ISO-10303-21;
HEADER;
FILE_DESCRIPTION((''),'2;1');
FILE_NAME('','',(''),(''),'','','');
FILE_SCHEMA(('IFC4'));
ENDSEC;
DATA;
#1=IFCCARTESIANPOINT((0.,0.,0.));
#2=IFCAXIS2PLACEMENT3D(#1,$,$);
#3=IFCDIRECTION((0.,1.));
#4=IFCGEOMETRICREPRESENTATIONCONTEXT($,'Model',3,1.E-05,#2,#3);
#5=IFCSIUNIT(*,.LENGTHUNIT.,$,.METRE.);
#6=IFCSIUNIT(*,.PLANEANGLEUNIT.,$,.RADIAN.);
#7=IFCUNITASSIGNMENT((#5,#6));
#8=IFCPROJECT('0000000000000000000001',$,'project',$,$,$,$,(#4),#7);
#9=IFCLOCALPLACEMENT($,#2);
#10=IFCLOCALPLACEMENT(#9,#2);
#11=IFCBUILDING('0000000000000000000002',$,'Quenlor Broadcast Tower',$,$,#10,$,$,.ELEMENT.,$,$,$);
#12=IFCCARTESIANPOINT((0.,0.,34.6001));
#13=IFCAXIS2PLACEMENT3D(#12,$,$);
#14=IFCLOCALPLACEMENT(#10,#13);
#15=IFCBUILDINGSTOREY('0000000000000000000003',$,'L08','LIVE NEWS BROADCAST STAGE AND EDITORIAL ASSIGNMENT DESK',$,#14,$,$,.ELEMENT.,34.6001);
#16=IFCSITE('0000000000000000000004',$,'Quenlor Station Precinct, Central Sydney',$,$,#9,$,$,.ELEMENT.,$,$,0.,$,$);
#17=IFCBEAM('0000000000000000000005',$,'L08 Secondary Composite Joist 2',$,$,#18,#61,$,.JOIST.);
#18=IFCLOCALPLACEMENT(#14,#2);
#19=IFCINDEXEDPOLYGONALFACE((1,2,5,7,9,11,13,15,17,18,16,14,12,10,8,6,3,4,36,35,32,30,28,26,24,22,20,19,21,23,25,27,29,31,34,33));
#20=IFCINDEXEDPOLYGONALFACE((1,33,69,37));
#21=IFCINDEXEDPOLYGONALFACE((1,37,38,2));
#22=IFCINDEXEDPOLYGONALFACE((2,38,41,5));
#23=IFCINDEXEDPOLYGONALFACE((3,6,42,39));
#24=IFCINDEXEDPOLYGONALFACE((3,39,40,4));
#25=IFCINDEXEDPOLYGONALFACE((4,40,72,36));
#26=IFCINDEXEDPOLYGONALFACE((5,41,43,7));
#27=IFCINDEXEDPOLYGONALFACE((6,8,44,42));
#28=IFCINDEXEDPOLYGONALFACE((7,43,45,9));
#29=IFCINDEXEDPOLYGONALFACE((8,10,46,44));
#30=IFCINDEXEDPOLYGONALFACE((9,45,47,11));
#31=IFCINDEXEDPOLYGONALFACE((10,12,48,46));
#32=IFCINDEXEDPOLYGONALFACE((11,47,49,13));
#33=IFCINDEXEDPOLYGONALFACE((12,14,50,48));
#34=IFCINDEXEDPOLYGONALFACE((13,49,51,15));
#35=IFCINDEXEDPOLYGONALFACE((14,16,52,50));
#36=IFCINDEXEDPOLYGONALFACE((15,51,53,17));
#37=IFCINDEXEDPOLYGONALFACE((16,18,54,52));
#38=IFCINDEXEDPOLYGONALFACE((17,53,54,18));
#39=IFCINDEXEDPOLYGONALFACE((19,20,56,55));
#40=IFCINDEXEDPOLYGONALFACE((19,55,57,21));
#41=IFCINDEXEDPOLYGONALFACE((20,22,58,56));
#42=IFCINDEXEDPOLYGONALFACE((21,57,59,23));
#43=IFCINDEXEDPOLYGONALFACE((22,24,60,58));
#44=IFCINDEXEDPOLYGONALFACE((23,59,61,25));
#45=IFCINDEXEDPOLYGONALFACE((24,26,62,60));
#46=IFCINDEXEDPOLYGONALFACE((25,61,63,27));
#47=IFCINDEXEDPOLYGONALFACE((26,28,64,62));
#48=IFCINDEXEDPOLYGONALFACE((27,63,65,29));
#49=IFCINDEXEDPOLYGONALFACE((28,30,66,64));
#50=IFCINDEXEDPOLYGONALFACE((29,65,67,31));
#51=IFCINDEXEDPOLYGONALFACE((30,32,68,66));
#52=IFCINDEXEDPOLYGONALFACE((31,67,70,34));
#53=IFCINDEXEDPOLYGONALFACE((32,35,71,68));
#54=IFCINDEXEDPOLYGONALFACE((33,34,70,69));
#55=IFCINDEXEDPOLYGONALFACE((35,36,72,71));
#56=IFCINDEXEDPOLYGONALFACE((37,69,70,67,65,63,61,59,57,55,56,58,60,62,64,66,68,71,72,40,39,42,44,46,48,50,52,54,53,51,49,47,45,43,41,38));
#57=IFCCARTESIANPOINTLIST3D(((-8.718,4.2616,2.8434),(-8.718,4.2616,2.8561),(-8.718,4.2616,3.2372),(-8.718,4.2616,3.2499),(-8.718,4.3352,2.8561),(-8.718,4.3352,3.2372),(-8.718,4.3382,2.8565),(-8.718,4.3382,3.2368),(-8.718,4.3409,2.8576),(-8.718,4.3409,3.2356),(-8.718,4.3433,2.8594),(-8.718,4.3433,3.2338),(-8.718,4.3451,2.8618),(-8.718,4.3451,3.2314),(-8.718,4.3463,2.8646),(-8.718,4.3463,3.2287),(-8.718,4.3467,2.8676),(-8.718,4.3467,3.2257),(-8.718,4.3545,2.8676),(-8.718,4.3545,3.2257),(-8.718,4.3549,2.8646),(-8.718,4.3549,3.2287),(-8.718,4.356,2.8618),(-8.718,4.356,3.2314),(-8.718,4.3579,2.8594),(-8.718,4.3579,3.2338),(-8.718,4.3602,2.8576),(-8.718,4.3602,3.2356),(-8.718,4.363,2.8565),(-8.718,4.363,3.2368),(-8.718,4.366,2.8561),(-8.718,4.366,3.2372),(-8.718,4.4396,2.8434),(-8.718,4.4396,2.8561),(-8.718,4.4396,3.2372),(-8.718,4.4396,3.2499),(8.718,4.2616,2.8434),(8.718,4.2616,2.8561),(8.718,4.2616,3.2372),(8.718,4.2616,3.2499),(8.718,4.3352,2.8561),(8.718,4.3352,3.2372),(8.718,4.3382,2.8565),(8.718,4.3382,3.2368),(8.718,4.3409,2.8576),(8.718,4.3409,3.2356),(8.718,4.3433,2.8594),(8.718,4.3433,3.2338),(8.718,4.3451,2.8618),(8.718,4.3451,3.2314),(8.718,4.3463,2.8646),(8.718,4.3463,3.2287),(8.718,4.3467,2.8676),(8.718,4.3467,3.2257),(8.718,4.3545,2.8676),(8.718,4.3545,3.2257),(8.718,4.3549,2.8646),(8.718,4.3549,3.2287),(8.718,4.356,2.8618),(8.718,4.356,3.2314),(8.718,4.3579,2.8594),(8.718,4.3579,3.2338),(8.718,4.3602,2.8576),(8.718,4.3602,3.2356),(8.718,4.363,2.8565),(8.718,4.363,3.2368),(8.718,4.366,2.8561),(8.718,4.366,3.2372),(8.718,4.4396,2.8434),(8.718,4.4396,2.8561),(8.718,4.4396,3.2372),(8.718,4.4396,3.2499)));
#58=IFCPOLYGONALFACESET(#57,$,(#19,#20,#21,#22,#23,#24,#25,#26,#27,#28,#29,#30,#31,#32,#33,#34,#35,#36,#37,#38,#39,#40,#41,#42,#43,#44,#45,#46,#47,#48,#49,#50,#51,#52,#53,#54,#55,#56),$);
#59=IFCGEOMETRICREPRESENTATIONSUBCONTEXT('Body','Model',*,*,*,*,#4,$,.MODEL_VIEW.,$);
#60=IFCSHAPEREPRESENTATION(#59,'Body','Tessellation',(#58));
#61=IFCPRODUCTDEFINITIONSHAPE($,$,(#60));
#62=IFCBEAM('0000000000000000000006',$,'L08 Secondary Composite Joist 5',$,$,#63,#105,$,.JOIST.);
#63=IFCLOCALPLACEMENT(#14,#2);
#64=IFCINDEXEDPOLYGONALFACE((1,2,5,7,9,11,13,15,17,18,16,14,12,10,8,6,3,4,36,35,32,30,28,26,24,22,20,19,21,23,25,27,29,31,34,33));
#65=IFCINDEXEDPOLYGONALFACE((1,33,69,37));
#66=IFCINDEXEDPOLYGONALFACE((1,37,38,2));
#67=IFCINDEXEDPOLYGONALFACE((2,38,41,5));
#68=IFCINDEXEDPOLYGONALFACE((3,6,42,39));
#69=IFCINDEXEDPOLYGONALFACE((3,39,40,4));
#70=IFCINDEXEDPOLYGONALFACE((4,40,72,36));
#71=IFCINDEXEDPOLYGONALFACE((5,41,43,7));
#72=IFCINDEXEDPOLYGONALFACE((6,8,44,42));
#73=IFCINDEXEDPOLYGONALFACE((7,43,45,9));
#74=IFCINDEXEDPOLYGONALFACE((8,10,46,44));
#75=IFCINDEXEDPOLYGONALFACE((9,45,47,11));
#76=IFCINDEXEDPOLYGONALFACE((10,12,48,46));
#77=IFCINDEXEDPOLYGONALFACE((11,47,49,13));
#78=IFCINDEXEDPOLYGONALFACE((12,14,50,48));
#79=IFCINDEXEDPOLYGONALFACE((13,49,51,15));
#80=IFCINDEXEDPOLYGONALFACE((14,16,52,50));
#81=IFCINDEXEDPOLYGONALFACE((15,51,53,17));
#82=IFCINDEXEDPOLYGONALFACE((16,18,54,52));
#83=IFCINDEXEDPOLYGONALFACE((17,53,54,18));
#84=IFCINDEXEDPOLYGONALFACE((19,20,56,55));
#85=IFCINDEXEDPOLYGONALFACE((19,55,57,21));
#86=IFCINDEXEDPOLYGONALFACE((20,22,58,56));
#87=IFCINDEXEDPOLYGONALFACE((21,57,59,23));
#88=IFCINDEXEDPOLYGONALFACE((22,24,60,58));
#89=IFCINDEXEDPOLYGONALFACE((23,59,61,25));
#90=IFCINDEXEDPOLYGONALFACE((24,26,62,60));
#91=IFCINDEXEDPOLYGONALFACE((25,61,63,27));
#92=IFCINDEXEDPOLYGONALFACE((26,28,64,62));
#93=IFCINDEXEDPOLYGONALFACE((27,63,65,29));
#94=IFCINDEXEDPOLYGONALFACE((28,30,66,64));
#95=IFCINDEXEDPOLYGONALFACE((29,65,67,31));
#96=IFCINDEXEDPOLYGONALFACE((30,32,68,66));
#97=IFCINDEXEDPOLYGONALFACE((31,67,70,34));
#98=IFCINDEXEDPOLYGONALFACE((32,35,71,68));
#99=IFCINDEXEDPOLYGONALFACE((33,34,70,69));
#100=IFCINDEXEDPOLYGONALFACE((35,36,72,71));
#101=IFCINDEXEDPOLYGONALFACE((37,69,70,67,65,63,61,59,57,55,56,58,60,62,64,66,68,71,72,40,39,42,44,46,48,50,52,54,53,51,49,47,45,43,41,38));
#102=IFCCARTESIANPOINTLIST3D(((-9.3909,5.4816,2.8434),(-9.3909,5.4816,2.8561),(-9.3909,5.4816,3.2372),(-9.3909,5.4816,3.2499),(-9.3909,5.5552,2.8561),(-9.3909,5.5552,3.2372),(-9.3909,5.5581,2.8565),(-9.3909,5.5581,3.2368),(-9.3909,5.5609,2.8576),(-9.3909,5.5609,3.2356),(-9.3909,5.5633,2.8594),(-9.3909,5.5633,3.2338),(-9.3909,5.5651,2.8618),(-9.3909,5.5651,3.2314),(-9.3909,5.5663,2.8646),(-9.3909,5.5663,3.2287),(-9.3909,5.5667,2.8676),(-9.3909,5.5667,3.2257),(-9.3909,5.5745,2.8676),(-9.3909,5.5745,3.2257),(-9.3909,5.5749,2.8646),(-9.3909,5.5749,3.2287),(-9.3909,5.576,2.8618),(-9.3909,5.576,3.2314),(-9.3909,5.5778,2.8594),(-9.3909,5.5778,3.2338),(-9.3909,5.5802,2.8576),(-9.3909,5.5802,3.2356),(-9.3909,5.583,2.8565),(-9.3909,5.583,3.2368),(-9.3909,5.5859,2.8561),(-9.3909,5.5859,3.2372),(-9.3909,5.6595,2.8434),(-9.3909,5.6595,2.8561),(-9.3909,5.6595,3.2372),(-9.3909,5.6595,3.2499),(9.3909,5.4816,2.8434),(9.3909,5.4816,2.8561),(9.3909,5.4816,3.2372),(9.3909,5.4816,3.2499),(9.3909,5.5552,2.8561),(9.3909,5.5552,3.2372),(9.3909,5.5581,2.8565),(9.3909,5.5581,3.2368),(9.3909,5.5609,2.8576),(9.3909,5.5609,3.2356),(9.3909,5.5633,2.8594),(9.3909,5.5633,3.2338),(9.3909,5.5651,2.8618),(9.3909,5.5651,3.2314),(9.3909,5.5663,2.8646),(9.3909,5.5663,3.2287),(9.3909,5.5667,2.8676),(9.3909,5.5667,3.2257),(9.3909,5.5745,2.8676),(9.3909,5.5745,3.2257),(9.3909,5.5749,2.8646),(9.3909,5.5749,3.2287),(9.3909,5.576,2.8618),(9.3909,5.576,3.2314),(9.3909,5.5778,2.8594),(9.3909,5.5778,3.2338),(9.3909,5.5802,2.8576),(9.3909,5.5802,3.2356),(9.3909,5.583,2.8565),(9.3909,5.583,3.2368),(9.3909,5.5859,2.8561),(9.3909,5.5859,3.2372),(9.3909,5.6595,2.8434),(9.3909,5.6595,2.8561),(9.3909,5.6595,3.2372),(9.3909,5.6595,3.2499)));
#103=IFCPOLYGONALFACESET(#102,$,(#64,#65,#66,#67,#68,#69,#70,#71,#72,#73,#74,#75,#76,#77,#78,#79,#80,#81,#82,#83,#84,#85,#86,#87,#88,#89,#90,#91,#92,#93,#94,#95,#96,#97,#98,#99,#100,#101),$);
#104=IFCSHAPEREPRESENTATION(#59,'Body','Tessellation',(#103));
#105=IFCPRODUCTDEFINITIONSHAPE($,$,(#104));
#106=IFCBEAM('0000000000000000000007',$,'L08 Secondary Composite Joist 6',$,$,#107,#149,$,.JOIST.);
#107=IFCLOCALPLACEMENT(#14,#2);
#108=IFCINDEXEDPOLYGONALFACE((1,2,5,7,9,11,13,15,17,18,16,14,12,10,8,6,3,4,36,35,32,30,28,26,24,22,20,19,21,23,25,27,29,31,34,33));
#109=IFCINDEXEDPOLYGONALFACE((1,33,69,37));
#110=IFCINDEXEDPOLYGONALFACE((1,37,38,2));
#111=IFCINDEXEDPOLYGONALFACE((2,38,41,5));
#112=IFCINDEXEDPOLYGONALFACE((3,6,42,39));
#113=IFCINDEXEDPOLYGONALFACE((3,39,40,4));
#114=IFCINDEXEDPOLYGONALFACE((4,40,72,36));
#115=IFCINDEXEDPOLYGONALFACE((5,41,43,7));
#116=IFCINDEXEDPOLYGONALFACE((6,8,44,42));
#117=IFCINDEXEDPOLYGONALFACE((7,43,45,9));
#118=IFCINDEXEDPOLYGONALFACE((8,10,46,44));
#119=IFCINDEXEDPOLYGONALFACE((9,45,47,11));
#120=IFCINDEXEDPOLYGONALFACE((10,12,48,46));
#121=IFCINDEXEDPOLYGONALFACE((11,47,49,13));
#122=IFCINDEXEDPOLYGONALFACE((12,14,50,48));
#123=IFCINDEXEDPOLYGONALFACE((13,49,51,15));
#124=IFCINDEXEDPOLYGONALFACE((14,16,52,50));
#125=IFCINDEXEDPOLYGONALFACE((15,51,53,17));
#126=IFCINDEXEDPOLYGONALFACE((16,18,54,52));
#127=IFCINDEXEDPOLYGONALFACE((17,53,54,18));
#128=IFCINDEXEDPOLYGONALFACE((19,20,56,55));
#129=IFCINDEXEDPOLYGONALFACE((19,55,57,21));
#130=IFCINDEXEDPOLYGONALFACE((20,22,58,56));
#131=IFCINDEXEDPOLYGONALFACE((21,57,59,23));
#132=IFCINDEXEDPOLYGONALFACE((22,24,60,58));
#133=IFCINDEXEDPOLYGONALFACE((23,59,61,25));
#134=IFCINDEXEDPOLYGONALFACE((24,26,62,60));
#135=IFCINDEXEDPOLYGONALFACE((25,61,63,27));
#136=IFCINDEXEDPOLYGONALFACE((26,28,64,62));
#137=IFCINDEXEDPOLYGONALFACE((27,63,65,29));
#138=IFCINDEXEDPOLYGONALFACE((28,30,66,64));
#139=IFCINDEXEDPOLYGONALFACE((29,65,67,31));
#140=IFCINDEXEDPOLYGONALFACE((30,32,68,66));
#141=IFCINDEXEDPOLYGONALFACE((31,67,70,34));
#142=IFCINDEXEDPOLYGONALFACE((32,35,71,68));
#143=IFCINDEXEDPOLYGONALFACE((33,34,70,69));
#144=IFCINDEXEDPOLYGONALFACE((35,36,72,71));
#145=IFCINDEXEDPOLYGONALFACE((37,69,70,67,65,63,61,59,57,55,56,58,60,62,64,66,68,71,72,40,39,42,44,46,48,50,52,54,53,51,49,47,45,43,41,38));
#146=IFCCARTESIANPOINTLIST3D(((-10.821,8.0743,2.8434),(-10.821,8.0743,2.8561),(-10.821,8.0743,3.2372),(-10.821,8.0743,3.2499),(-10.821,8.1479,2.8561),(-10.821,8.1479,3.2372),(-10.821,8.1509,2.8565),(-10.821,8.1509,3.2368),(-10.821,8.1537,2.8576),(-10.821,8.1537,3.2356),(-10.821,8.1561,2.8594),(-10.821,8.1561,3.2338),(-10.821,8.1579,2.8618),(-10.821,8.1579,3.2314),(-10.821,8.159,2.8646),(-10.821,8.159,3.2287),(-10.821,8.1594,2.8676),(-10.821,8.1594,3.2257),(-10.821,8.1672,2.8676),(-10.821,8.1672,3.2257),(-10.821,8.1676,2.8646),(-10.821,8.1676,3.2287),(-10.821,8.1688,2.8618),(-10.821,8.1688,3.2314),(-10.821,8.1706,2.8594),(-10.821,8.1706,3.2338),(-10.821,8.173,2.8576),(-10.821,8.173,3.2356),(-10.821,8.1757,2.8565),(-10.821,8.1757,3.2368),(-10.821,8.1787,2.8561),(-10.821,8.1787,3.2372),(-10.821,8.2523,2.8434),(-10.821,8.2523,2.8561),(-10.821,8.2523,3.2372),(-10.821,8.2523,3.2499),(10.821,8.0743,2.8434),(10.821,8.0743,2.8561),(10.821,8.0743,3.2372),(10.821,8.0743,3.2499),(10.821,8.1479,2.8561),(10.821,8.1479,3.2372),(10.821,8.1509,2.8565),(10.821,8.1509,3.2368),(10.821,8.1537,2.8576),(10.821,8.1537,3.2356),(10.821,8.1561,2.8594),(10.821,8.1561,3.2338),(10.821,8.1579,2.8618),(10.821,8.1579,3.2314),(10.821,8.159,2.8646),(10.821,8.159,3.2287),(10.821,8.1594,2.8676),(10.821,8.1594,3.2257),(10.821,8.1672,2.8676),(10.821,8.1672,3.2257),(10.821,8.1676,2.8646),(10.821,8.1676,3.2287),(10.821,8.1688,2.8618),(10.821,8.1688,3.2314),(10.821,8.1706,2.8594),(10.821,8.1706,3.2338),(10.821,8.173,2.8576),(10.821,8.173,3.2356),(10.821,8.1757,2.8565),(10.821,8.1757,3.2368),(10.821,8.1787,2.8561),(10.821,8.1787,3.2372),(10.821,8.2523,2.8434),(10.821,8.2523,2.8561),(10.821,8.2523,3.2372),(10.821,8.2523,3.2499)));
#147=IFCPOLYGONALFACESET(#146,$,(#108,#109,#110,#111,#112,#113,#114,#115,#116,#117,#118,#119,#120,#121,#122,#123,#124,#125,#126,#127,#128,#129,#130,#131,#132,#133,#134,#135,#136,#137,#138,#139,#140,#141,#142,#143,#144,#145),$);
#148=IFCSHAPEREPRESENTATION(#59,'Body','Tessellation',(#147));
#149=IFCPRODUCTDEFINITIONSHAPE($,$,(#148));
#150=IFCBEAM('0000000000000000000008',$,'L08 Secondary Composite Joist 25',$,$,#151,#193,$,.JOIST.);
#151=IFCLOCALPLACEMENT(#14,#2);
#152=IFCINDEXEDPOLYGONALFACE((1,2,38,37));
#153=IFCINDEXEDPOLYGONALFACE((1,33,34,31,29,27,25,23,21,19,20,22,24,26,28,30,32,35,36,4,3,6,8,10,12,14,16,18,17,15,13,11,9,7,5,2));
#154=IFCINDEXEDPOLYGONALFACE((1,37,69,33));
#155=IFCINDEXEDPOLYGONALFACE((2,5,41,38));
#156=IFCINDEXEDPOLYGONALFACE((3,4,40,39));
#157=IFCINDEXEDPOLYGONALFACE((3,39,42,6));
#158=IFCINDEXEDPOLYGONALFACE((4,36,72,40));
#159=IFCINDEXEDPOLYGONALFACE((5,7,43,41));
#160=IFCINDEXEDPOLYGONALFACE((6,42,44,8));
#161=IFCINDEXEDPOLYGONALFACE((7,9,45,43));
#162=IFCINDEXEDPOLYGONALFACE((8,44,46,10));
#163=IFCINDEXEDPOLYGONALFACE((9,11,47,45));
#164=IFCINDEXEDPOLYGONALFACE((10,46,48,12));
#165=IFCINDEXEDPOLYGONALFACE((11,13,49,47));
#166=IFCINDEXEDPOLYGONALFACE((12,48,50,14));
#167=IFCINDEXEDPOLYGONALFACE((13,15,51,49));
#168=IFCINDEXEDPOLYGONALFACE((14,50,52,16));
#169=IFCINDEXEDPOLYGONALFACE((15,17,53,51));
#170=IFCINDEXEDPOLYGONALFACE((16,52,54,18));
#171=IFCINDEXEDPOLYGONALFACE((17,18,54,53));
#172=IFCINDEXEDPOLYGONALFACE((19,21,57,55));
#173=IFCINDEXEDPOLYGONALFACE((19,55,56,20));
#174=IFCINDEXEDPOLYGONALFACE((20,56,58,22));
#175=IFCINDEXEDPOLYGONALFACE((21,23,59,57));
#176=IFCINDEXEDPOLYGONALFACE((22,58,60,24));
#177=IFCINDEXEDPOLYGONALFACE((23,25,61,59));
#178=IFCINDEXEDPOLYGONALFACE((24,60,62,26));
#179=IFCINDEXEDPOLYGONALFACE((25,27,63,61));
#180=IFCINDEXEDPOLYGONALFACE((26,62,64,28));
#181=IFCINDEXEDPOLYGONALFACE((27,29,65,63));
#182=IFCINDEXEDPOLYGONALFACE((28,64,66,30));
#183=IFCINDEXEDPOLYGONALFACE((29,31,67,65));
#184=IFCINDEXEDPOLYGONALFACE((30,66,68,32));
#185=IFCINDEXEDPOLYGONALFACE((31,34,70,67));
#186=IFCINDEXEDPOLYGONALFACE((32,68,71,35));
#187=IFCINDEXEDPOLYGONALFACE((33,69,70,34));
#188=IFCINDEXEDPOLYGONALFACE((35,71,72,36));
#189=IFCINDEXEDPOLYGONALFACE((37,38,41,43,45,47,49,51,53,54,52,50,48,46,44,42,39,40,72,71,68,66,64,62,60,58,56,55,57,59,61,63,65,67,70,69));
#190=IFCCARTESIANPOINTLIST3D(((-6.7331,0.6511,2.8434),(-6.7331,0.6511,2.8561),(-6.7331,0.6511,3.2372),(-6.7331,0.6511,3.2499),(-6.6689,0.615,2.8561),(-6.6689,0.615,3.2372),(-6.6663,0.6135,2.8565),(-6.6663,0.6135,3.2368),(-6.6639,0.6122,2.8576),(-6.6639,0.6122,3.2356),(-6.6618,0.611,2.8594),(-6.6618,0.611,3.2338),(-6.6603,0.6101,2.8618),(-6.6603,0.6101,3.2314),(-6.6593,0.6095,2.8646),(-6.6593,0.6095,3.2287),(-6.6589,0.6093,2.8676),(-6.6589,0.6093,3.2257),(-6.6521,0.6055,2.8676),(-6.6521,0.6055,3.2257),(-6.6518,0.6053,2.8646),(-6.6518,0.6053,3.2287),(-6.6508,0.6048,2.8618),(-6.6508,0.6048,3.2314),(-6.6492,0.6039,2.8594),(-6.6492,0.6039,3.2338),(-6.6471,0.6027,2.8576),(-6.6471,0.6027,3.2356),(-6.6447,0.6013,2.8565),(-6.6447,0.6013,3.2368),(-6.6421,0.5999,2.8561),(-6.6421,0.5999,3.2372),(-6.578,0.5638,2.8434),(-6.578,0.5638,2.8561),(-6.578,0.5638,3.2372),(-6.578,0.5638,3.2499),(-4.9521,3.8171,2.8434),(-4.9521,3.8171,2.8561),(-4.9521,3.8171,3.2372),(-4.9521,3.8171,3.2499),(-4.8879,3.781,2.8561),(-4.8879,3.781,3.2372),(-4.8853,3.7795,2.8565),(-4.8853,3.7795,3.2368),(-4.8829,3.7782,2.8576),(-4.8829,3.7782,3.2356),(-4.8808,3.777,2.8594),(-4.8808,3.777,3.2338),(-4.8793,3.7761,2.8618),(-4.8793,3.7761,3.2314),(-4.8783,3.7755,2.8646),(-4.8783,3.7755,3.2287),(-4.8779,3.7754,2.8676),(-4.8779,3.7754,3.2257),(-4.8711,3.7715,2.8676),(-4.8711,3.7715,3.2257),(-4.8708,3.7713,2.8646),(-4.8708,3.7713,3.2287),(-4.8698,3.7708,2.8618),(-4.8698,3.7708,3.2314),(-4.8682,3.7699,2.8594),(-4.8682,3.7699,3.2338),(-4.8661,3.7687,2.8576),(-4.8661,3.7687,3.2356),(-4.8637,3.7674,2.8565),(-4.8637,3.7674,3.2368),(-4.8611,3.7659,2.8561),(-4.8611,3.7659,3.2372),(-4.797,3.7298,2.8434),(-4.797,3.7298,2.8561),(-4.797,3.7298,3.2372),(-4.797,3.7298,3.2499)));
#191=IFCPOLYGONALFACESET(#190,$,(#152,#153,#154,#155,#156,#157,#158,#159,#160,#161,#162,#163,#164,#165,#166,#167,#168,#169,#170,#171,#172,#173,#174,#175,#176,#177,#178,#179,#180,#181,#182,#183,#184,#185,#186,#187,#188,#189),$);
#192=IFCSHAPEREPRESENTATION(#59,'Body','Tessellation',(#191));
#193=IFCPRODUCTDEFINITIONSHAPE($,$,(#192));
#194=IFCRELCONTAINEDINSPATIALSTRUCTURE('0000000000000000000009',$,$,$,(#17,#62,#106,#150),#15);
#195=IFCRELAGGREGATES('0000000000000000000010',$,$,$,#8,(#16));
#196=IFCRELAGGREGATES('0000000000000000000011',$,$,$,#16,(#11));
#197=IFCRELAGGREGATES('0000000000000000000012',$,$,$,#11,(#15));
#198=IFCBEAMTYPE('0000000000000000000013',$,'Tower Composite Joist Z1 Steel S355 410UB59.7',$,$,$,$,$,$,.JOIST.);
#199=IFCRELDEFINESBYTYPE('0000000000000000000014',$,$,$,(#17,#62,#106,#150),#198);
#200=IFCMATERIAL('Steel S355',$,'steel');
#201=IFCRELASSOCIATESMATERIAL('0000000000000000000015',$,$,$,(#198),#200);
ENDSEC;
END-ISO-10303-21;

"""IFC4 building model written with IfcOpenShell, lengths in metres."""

from ifc_helpers import new_model, si_unit, direction, frame, origin, origin_2d, place, context, subcontext, project, spatial, i_section, extrude, material, material_profile, profile_set, type_object, element, save


model = new_model("IFC4")

# Units and contexts
model_context = context("Model", 3, precision=1e-05, world=origin(), true_north=direction((0.0, 1.0)))
body_context = subcontext(model_context, "Body", "Model", "MODEL_VIEW")
ifc_project = project(units=[si_unit("LENGTHUNIT", "METRE"), si_unit("PLANEANGLEUNIT", "RADIAN")], contexts=[model_context])

# Site, building, storey
site_placement = place(None, origin())
site = spatial("IfcSite", under=ifc_project, at=site_placement, Name="Quenlor Station Precinct, Central Sydney", CompositionType="ELEMENT", RefElevation=0.0)
building_placement = place(site_placement, origin())
building = spatial("IfcBuilding", under=site, at=building_placement, Name="Quenlor Broadcast Tower", CompositionType="ELEMENT")
storey_placement = place(building_placement, frame((0.0, 0.0, 34.6001)))
storey = spatial("IfcBuildingStorey", under=building, at=storey_placement, Name="L08", Description="LIVE NEWS BROADCAST STAGE AND EDITORIAL ASSIGNMENT DESK", CompositionType="ELEMENT", Elevation=34.6001)

# Beams
ifc_material_1 = material(Name="Steel S355", Category="steel")
ifc_material_profile_1 = material_profile(ifc_material_1, i_section(OverallWidth=0.178, OverallDepth=0.4065, WebThickness=0.0078, FlangeThickness=0.0127, FilletRadius=0.0115, at=origin_2d()))
ifc_profile_set_1 = profile_set([ifc_material_profile_1], Name="Steel S355 410UB59.7")
beam_type_1 = type_object("IfcBeamType", Name="Tower Composite Joist Z1 Steel S355 410UB59.7", PredefinedType="JOIST", material=ifc_profile_set_1)
beam_1_placement = place(storey_placement, frame((-8.718, 4.3506, 3.0466), z_axis=(1.0, 0.0, 0.0), x_axis=(0.0, 1.0, 0.0)))
element("IfcBeam", 1, at=beam_1_placement, inside=storey, type_object=beam_type_1, Name="L08 Secondary Composite Joist 2", PredefinedType="JOIST", context=body_context, shape_type="SweptSolid", body=[
    extrude(i_section(OverallWidth=0.178, OverallDepth=0.4065, WebThickness=0.0078, FlangeThickness=0.0127, FilletRadius=0.0115, at=origin_2d()), origin(), (0.0, 0.0, 1.0), 17.436),
])
beam_2_placement = place(storey_placement, frame((-9.3909, 5.5706, 3.0466), z_axis=(1.0, 0.0, 0.0), x_axis=(0.0, 1.0, 0.0)))
element("IfcBeam", 2, at=beam_2_placement, inside=storey, type_object=beam_type_1, Name="L08 Secondary Composite Joist 5", PredefinedType="JOIST", context=body_context, shape_type="SweptSolid", body=[
    extrude(i_section(OverallWidth=0.178, OverallDepth=0.4065, WebThickness=0.0078, FlangeThickness=0.0127, FilletRadius=0.0115, at=origin_2d()), origin(), (0.0, 0.0, 1.0), 18.7817),
])
beam_3_placement = place(storey_placement, frame((-10.821, 8.1633, 3.0466), z_axis=(1.0, 0.0, 0.0), x_axis=(0.0, 1.0, 0.0)))
element("IfcBeam", 3, at=beam_3_placement, inside=storey, type_object=beam_type_1, Name="L08 Secondary Composite Joist 6", PredefinedType="JOIST", context=body_context, shape_type="SweptSolid", body=[
    extrude(i_section(OverallWidth=0.178, OverallDepth=0.4065, WebThickness=0.0078, FlangeThickness=0.0127, FilletRadius=0.0115, at=origin_2d()), origin(), (0.0, 0.0, 1.0), 21.6421),
])
beam_4_placement = place(storey_placement, frame((-4.8745, 3.7734, 3.0466), z_axis=(-0.490287, -0.871561, 0.0), x_axis=(0.871561, -0.490287, 0.0)))
element("IfcBeam", 4, at=beam_4_placement, inside=storey, type_object=beam_type_1, Name="L08 Secondary Composite Joist 25", PredefinedType="JOIST", context=body_context, shape_type="SweptSolid", body=[
    extrude(i_section(OverallWidth=0.178, OverallDepth=0.4065, WebThickness=0.0078, FlangeThickness=0.0127, FilletRadius=0.0115, at=origin_2d()), origin(), (0.0, 0.0, 1.0), 3.6326),
])

save(model, "model.ifc")
